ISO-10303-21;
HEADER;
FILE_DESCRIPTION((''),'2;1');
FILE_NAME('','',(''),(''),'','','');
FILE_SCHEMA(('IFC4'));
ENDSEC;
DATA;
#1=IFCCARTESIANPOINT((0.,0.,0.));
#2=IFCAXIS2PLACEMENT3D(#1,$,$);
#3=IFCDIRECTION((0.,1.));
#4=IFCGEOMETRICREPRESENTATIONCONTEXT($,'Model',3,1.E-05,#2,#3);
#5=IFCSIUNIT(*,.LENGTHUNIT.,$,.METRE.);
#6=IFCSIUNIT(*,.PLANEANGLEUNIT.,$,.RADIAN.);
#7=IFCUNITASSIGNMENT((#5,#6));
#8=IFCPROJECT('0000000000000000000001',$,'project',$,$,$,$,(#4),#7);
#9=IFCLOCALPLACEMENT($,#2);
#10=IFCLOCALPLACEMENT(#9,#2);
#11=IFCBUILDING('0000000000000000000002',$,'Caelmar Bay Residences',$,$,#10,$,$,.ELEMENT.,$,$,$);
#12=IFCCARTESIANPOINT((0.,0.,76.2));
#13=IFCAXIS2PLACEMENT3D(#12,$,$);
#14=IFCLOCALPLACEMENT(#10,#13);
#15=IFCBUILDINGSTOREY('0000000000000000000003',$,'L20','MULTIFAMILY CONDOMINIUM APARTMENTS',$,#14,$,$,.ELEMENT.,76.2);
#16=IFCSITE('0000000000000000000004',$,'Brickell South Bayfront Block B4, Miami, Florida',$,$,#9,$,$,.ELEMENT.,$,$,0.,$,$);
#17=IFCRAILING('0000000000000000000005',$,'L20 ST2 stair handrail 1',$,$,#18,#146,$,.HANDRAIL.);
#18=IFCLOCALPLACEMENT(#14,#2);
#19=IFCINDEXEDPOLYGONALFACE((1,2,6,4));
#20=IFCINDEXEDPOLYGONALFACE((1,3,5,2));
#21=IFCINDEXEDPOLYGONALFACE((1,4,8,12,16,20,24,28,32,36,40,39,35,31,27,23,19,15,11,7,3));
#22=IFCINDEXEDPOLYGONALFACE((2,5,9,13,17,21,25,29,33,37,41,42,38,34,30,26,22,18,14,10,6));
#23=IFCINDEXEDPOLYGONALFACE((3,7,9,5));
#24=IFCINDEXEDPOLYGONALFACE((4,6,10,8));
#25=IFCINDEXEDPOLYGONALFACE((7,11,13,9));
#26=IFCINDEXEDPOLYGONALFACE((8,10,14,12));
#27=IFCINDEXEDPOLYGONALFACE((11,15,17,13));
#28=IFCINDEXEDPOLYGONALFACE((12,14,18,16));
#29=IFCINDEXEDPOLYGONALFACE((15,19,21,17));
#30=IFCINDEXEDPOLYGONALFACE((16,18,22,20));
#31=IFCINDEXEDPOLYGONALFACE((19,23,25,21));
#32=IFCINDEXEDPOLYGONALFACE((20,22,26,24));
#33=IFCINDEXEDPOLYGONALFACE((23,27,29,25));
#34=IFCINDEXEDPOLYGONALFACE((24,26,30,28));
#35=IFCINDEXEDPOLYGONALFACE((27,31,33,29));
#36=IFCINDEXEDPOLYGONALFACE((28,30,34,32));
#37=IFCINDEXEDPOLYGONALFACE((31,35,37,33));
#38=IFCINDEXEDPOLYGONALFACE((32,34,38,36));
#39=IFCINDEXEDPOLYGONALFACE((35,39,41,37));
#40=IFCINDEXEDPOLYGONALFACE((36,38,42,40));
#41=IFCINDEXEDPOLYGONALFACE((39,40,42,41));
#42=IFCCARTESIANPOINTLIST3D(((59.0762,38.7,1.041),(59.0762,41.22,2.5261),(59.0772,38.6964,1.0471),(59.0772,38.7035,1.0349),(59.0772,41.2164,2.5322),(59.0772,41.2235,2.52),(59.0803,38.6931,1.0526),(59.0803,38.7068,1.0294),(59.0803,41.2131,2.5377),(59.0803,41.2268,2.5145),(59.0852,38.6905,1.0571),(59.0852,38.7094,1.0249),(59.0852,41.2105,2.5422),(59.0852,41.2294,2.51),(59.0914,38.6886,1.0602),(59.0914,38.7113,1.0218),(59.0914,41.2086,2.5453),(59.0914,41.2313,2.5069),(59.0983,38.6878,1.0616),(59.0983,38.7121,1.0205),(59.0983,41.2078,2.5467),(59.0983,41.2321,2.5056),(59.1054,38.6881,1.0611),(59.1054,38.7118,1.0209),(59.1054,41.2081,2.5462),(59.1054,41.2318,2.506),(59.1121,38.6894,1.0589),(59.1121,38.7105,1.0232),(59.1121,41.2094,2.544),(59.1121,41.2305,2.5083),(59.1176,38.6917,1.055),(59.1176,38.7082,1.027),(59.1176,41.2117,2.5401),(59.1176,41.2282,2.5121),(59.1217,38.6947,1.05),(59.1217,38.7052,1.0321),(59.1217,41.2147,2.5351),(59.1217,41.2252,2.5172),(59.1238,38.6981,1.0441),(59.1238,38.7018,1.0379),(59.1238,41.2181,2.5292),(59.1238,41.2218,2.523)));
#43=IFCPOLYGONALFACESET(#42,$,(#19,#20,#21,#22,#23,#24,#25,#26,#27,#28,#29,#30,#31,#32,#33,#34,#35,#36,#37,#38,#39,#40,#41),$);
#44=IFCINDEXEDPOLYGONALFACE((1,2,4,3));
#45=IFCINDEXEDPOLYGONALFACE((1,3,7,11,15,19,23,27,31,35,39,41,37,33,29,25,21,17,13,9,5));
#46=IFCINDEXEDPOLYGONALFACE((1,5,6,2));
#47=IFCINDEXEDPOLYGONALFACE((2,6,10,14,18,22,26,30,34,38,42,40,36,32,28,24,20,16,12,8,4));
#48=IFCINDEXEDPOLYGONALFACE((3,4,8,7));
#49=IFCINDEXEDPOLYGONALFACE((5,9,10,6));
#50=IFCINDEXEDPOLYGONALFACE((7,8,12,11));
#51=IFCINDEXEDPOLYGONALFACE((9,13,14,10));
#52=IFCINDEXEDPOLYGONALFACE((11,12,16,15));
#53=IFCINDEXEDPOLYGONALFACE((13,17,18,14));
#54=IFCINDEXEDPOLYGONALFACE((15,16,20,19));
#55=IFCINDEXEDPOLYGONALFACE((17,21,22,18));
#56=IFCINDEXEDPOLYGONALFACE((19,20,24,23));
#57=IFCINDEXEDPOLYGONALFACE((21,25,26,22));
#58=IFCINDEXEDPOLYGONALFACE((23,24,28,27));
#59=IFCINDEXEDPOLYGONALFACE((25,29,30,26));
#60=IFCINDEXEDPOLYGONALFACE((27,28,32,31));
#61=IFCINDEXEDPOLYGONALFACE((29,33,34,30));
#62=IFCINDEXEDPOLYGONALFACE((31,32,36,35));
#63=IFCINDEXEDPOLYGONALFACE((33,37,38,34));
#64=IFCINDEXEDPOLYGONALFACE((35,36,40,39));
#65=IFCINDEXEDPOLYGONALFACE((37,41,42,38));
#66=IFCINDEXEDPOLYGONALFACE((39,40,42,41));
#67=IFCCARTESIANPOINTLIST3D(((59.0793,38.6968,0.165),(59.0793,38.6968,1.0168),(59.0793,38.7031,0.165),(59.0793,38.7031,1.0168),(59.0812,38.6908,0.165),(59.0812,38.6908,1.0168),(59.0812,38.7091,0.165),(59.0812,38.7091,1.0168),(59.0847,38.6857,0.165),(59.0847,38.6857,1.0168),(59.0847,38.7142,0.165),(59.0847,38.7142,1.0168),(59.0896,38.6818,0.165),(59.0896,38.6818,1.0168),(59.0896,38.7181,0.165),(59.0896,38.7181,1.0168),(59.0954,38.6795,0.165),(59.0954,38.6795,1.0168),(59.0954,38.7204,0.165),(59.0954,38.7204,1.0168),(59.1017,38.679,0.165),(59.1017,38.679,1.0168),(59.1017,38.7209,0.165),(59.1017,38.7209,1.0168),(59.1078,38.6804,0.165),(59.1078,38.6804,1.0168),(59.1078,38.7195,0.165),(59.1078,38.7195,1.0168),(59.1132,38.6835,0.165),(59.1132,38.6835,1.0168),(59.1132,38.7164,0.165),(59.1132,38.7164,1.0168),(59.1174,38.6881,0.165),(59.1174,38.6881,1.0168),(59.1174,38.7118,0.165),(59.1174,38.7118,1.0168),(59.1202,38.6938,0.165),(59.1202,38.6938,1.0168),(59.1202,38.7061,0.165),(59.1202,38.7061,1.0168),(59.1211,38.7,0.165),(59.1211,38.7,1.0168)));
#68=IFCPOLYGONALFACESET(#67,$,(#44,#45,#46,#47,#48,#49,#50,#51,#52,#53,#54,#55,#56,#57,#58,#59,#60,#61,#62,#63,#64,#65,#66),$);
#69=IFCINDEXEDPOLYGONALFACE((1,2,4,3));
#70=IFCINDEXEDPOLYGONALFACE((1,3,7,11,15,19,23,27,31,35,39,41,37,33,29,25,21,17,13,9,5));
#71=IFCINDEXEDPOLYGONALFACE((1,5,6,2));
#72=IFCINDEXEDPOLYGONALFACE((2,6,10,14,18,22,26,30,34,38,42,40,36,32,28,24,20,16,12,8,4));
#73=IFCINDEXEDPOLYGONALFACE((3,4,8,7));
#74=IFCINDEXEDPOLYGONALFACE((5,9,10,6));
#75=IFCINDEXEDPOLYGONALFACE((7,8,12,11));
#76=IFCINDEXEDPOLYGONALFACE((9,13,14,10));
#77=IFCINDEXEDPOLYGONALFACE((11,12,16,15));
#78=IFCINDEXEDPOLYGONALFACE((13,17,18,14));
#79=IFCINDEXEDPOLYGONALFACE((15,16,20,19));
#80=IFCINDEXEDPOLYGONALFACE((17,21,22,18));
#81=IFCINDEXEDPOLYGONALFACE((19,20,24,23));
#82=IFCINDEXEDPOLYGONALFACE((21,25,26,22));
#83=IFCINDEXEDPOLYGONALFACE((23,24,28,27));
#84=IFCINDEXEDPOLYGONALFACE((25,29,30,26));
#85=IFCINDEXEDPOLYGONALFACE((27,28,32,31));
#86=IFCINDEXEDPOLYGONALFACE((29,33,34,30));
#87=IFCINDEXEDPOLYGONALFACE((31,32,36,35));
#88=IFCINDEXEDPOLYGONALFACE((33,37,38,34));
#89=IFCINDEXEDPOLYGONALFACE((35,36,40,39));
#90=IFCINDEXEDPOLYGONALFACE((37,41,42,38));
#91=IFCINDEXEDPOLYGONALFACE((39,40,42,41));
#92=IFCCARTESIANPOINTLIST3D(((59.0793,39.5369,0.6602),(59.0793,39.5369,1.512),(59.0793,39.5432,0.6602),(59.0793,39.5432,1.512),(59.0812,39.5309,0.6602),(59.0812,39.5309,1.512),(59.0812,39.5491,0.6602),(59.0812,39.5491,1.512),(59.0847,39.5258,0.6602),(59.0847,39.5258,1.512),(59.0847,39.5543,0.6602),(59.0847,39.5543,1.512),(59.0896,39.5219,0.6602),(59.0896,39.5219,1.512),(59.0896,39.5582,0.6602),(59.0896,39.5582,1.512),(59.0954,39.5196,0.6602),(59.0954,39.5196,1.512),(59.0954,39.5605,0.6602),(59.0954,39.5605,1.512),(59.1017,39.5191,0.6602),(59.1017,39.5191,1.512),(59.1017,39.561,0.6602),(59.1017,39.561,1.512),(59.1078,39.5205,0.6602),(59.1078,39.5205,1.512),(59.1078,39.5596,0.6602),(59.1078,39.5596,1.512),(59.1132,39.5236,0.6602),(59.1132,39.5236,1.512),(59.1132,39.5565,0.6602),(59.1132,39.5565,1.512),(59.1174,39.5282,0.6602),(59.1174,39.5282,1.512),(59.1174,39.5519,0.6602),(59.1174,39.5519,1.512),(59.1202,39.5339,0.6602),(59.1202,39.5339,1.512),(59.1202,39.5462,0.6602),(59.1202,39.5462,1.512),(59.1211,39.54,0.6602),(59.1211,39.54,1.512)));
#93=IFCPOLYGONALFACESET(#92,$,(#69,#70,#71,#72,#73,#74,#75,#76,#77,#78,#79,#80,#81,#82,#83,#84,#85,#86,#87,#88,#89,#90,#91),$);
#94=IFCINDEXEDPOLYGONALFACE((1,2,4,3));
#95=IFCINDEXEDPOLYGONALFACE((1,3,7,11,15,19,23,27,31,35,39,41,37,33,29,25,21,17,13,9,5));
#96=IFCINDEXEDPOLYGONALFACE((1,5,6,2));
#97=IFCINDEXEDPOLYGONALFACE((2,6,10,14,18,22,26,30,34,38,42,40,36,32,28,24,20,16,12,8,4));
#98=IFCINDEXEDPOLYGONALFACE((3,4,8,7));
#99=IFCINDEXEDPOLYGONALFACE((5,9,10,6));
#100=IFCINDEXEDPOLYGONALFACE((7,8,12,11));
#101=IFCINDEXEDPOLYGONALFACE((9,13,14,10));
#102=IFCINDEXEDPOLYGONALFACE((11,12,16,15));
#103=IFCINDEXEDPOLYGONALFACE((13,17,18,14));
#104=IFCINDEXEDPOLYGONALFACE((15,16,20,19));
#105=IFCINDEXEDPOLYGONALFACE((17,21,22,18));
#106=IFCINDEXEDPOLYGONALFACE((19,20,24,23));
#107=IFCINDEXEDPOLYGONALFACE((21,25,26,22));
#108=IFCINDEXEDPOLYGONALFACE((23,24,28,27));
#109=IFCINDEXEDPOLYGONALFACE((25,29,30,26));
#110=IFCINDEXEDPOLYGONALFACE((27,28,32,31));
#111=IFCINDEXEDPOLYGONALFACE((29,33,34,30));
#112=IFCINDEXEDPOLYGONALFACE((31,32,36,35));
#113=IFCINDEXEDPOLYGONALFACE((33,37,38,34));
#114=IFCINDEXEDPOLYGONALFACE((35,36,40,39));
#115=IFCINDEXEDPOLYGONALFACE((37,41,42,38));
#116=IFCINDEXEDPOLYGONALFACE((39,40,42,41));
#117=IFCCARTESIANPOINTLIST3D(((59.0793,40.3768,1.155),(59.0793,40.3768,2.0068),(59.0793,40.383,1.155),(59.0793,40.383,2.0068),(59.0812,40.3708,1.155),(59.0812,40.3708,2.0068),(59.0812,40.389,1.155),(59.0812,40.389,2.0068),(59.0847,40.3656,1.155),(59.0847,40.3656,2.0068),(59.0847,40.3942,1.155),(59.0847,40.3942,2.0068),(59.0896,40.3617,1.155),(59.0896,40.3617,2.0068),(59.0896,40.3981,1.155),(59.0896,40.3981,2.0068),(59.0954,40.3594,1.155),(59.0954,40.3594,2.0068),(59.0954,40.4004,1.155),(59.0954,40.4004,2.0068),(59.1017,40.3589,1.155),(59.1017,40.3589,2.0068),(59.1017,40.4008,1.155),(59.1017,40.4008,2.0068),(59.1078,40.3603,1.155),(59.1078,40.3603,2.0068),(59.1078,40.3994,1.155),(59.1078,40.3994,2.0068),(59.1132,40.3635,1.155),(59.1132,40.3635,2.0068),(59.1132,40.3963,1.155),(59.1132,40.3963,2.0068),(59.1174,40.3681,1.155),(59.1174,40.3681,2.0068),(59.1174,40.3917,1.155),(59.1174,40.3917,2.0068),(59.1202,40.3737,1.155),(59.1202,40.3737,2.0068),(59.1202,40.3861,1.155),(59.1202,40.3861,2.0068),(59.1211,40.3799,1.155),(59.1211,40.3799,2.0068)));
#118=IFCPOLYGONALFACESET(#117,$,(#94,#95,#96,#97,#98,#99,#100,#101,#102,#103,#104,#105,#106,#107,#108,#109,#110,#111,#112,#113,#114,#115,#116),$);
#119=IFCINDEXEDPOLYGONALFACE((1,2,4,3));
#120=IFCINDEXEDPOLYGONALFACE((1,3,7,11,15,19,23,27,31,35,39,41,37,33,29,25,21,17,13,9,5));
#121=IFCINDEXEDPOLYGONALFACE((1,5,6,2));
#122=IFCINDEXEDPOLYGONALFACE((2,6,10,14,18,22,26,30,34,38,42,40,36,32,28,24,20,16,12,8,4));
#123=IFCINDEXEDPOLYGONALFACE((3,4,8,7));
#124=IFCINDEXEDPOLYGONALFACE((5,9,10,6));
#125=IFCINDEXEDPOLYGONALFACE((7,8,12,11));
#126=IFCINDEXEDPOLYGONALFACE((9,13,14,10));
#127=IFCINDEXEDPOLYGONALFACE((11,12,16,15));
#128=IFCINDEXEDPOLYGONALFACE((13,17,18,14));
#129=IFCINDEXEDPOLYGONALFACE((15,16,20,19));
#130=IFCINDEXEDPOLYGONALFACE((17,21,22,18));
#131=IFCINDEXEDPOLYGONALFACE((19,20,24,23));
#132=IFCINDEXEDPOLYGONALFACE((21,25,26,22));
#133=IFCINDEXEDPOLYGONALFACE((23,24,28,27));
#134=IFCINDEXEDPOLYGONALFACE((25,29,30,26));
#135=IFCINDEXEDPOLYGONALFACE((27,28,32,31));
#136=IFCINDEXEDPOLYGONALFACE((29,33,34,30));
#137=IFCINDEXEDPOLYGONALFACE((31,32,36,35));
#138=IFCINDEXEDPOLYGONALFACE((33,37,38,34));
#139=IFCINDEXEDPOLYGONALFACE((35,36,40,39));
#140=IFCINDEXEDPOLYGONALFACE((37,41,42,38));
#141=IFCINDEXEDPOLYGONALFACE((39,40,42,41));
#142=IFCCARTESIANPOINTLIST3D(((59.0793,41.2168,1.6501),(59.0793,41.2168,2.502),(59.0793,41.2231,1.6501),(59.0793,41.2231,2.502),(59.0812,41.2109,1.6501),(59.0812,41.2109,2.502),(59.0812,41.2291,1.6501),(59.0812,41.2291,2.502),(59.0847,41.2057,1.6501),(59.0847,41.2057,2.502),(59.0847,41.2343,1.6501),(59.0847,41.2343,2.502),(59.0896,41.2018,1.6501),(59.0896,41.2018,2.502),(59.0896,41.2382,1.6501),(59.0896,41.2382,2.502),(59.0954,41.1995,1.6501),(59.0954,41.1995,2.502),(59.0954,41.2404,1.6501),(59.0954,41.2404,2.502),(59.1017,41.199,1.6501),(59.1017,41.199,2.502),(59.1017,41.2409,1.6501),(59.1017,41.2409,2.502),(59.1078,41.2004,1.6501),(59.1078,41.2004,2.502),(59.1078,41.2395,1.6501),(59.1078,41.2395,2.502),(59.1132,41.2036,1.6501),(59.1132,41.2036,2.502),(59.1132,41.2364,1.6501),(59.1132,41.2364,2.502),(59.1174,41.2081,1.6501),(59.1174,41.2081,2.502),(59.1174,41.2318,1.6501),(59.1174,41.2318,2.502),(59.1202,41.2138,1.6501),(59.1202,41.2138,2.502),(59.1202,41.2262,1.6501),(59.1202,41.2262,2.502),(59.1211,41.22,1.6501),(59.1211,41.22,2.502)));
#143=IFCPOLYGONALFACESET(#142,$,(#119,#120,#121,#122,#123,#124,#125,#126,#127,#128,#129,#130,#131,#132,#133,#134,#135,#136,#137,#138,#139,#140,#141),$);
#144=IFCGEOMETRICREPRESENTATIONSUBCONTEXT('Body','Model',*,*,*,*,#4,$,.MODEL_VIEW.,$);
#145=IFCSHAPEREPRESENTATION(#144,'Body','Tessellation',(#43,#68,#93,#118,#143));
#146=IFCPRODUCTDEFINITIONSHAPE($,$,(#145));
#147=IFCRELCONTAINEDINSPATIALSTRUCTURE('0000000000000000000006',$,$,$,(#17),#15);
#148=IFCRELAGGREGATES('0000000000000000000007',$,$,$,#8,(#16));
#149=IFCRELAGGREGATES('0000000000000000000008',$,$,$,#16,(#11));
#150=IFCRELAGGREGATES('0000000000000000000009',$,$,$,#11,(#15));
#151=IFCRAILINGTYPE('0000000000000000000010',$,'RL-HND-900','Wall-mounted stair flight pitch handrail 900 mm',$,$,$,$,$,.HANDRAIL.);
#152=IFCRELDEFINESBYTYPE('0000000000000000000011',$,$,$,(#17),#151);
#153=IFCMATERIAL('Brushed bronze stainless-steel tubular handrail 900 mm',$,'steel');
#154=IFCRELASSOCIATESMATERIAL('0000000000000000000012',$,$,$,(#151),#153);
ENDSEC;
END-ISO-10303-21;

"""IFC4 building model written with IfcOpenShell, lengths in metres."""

from ifc_helpers import new_model, si_unit, direction, frame, origin, origin_2d, place, context, subcontext, project, spatial, circle, extrude, material, type_object, element, save


model = new_model("IFC4")

# Units and contexts
model_context = context("Model", 3, precision=1e-05, world=origin(), true_north=direction((0.0, 1.0)))
body_context = subcontext(model_context, "Body", "Model", "MODEL_VIEW")
ifc_project = project(units=[si_unit("LENGTHUNIT", "METRE"), si_unit("PLANEANGLEUNIT", "RADIAN")], contexts=[model_context])

# Site, building, storey
site_placement = place(None, origin())
site = spatial("IfcSite", under=ifc_project, at=site_placement, Name="Brickell South Bayfront Block B4, Miami, Florida", CompositionType="ELEMENT", RefElevation=0.0)
building_placement = place(site_placement, origin())
building = spatial("IfcBuilding", under=site, at=building_placement, Name="Caelmar Bay Residences", CompositionType="ELEMENT")
storey_placement = place(building_placement, frame((0.0, 0.0, 76.2)))
storey = spatial("IfcBuildingStorey", under=building, at=storey_placement, Name="L20", Description="MULTIFAMILY CONDOMINIUM APARTMENTS", CompositionType="ELEMENT", Elevation=76.2)

# Railing
ifc_material_1 = material(Name="Brushed bronze stainless-steel tubular handrail 900 mm", Category="steel")
railing_type_1 = type_object("IfcRailingType", Name="RL-HND-900", Description="Wall-mounted stair flight pitch handrail 900 mm", PredefinedType="HANDRAIL", material=ifc_material_1)
railing_1_placement = place(storey_placement, frame((59.1001, 38.7, 0.165)))
element("IfcRailing", 1, at=railing_1_placement, inside=storey, type_object=railing_type_1, Name="L20 ST2 stair handrail 1", PredefinedType="HANDRAIL", context=body_context, shape_type="SweptSolid", body=[
    extrude(circle(Radius=0.0239, at=origin_2d()), frame((0.0, 0.0, 0.876), z_axis=(0.0, 0.861524, 0.507717), x_axis=(-1.0, 0.0, 0.0)), (0.0, 0.0, 1.0), 2.925),
    extrude(circle(Radius=0.021, at=origin_2d()), origin(), (0.0, 0.0, 1.0), 0.8518),
    extrude(circle(Radius=0.021, at=origin_2d()), frame((0.0, 0.8401, 0.4951)), (0.0, 0.0, 1.0), 0.8518),
    extrude(circle(Radius=0.021, at=origin_2d()), frame((0.0, 1.6799, 0.99)), (0.0, 0.0, 1.0), 0.8518),
    extrude(circle(Radius=0.021, at=origin_2d()), frame((0.0, 2.52, 1.4851)), (0.0, 0.0, 1.0), 0.8518),
])

save(model, "model.ifc")
